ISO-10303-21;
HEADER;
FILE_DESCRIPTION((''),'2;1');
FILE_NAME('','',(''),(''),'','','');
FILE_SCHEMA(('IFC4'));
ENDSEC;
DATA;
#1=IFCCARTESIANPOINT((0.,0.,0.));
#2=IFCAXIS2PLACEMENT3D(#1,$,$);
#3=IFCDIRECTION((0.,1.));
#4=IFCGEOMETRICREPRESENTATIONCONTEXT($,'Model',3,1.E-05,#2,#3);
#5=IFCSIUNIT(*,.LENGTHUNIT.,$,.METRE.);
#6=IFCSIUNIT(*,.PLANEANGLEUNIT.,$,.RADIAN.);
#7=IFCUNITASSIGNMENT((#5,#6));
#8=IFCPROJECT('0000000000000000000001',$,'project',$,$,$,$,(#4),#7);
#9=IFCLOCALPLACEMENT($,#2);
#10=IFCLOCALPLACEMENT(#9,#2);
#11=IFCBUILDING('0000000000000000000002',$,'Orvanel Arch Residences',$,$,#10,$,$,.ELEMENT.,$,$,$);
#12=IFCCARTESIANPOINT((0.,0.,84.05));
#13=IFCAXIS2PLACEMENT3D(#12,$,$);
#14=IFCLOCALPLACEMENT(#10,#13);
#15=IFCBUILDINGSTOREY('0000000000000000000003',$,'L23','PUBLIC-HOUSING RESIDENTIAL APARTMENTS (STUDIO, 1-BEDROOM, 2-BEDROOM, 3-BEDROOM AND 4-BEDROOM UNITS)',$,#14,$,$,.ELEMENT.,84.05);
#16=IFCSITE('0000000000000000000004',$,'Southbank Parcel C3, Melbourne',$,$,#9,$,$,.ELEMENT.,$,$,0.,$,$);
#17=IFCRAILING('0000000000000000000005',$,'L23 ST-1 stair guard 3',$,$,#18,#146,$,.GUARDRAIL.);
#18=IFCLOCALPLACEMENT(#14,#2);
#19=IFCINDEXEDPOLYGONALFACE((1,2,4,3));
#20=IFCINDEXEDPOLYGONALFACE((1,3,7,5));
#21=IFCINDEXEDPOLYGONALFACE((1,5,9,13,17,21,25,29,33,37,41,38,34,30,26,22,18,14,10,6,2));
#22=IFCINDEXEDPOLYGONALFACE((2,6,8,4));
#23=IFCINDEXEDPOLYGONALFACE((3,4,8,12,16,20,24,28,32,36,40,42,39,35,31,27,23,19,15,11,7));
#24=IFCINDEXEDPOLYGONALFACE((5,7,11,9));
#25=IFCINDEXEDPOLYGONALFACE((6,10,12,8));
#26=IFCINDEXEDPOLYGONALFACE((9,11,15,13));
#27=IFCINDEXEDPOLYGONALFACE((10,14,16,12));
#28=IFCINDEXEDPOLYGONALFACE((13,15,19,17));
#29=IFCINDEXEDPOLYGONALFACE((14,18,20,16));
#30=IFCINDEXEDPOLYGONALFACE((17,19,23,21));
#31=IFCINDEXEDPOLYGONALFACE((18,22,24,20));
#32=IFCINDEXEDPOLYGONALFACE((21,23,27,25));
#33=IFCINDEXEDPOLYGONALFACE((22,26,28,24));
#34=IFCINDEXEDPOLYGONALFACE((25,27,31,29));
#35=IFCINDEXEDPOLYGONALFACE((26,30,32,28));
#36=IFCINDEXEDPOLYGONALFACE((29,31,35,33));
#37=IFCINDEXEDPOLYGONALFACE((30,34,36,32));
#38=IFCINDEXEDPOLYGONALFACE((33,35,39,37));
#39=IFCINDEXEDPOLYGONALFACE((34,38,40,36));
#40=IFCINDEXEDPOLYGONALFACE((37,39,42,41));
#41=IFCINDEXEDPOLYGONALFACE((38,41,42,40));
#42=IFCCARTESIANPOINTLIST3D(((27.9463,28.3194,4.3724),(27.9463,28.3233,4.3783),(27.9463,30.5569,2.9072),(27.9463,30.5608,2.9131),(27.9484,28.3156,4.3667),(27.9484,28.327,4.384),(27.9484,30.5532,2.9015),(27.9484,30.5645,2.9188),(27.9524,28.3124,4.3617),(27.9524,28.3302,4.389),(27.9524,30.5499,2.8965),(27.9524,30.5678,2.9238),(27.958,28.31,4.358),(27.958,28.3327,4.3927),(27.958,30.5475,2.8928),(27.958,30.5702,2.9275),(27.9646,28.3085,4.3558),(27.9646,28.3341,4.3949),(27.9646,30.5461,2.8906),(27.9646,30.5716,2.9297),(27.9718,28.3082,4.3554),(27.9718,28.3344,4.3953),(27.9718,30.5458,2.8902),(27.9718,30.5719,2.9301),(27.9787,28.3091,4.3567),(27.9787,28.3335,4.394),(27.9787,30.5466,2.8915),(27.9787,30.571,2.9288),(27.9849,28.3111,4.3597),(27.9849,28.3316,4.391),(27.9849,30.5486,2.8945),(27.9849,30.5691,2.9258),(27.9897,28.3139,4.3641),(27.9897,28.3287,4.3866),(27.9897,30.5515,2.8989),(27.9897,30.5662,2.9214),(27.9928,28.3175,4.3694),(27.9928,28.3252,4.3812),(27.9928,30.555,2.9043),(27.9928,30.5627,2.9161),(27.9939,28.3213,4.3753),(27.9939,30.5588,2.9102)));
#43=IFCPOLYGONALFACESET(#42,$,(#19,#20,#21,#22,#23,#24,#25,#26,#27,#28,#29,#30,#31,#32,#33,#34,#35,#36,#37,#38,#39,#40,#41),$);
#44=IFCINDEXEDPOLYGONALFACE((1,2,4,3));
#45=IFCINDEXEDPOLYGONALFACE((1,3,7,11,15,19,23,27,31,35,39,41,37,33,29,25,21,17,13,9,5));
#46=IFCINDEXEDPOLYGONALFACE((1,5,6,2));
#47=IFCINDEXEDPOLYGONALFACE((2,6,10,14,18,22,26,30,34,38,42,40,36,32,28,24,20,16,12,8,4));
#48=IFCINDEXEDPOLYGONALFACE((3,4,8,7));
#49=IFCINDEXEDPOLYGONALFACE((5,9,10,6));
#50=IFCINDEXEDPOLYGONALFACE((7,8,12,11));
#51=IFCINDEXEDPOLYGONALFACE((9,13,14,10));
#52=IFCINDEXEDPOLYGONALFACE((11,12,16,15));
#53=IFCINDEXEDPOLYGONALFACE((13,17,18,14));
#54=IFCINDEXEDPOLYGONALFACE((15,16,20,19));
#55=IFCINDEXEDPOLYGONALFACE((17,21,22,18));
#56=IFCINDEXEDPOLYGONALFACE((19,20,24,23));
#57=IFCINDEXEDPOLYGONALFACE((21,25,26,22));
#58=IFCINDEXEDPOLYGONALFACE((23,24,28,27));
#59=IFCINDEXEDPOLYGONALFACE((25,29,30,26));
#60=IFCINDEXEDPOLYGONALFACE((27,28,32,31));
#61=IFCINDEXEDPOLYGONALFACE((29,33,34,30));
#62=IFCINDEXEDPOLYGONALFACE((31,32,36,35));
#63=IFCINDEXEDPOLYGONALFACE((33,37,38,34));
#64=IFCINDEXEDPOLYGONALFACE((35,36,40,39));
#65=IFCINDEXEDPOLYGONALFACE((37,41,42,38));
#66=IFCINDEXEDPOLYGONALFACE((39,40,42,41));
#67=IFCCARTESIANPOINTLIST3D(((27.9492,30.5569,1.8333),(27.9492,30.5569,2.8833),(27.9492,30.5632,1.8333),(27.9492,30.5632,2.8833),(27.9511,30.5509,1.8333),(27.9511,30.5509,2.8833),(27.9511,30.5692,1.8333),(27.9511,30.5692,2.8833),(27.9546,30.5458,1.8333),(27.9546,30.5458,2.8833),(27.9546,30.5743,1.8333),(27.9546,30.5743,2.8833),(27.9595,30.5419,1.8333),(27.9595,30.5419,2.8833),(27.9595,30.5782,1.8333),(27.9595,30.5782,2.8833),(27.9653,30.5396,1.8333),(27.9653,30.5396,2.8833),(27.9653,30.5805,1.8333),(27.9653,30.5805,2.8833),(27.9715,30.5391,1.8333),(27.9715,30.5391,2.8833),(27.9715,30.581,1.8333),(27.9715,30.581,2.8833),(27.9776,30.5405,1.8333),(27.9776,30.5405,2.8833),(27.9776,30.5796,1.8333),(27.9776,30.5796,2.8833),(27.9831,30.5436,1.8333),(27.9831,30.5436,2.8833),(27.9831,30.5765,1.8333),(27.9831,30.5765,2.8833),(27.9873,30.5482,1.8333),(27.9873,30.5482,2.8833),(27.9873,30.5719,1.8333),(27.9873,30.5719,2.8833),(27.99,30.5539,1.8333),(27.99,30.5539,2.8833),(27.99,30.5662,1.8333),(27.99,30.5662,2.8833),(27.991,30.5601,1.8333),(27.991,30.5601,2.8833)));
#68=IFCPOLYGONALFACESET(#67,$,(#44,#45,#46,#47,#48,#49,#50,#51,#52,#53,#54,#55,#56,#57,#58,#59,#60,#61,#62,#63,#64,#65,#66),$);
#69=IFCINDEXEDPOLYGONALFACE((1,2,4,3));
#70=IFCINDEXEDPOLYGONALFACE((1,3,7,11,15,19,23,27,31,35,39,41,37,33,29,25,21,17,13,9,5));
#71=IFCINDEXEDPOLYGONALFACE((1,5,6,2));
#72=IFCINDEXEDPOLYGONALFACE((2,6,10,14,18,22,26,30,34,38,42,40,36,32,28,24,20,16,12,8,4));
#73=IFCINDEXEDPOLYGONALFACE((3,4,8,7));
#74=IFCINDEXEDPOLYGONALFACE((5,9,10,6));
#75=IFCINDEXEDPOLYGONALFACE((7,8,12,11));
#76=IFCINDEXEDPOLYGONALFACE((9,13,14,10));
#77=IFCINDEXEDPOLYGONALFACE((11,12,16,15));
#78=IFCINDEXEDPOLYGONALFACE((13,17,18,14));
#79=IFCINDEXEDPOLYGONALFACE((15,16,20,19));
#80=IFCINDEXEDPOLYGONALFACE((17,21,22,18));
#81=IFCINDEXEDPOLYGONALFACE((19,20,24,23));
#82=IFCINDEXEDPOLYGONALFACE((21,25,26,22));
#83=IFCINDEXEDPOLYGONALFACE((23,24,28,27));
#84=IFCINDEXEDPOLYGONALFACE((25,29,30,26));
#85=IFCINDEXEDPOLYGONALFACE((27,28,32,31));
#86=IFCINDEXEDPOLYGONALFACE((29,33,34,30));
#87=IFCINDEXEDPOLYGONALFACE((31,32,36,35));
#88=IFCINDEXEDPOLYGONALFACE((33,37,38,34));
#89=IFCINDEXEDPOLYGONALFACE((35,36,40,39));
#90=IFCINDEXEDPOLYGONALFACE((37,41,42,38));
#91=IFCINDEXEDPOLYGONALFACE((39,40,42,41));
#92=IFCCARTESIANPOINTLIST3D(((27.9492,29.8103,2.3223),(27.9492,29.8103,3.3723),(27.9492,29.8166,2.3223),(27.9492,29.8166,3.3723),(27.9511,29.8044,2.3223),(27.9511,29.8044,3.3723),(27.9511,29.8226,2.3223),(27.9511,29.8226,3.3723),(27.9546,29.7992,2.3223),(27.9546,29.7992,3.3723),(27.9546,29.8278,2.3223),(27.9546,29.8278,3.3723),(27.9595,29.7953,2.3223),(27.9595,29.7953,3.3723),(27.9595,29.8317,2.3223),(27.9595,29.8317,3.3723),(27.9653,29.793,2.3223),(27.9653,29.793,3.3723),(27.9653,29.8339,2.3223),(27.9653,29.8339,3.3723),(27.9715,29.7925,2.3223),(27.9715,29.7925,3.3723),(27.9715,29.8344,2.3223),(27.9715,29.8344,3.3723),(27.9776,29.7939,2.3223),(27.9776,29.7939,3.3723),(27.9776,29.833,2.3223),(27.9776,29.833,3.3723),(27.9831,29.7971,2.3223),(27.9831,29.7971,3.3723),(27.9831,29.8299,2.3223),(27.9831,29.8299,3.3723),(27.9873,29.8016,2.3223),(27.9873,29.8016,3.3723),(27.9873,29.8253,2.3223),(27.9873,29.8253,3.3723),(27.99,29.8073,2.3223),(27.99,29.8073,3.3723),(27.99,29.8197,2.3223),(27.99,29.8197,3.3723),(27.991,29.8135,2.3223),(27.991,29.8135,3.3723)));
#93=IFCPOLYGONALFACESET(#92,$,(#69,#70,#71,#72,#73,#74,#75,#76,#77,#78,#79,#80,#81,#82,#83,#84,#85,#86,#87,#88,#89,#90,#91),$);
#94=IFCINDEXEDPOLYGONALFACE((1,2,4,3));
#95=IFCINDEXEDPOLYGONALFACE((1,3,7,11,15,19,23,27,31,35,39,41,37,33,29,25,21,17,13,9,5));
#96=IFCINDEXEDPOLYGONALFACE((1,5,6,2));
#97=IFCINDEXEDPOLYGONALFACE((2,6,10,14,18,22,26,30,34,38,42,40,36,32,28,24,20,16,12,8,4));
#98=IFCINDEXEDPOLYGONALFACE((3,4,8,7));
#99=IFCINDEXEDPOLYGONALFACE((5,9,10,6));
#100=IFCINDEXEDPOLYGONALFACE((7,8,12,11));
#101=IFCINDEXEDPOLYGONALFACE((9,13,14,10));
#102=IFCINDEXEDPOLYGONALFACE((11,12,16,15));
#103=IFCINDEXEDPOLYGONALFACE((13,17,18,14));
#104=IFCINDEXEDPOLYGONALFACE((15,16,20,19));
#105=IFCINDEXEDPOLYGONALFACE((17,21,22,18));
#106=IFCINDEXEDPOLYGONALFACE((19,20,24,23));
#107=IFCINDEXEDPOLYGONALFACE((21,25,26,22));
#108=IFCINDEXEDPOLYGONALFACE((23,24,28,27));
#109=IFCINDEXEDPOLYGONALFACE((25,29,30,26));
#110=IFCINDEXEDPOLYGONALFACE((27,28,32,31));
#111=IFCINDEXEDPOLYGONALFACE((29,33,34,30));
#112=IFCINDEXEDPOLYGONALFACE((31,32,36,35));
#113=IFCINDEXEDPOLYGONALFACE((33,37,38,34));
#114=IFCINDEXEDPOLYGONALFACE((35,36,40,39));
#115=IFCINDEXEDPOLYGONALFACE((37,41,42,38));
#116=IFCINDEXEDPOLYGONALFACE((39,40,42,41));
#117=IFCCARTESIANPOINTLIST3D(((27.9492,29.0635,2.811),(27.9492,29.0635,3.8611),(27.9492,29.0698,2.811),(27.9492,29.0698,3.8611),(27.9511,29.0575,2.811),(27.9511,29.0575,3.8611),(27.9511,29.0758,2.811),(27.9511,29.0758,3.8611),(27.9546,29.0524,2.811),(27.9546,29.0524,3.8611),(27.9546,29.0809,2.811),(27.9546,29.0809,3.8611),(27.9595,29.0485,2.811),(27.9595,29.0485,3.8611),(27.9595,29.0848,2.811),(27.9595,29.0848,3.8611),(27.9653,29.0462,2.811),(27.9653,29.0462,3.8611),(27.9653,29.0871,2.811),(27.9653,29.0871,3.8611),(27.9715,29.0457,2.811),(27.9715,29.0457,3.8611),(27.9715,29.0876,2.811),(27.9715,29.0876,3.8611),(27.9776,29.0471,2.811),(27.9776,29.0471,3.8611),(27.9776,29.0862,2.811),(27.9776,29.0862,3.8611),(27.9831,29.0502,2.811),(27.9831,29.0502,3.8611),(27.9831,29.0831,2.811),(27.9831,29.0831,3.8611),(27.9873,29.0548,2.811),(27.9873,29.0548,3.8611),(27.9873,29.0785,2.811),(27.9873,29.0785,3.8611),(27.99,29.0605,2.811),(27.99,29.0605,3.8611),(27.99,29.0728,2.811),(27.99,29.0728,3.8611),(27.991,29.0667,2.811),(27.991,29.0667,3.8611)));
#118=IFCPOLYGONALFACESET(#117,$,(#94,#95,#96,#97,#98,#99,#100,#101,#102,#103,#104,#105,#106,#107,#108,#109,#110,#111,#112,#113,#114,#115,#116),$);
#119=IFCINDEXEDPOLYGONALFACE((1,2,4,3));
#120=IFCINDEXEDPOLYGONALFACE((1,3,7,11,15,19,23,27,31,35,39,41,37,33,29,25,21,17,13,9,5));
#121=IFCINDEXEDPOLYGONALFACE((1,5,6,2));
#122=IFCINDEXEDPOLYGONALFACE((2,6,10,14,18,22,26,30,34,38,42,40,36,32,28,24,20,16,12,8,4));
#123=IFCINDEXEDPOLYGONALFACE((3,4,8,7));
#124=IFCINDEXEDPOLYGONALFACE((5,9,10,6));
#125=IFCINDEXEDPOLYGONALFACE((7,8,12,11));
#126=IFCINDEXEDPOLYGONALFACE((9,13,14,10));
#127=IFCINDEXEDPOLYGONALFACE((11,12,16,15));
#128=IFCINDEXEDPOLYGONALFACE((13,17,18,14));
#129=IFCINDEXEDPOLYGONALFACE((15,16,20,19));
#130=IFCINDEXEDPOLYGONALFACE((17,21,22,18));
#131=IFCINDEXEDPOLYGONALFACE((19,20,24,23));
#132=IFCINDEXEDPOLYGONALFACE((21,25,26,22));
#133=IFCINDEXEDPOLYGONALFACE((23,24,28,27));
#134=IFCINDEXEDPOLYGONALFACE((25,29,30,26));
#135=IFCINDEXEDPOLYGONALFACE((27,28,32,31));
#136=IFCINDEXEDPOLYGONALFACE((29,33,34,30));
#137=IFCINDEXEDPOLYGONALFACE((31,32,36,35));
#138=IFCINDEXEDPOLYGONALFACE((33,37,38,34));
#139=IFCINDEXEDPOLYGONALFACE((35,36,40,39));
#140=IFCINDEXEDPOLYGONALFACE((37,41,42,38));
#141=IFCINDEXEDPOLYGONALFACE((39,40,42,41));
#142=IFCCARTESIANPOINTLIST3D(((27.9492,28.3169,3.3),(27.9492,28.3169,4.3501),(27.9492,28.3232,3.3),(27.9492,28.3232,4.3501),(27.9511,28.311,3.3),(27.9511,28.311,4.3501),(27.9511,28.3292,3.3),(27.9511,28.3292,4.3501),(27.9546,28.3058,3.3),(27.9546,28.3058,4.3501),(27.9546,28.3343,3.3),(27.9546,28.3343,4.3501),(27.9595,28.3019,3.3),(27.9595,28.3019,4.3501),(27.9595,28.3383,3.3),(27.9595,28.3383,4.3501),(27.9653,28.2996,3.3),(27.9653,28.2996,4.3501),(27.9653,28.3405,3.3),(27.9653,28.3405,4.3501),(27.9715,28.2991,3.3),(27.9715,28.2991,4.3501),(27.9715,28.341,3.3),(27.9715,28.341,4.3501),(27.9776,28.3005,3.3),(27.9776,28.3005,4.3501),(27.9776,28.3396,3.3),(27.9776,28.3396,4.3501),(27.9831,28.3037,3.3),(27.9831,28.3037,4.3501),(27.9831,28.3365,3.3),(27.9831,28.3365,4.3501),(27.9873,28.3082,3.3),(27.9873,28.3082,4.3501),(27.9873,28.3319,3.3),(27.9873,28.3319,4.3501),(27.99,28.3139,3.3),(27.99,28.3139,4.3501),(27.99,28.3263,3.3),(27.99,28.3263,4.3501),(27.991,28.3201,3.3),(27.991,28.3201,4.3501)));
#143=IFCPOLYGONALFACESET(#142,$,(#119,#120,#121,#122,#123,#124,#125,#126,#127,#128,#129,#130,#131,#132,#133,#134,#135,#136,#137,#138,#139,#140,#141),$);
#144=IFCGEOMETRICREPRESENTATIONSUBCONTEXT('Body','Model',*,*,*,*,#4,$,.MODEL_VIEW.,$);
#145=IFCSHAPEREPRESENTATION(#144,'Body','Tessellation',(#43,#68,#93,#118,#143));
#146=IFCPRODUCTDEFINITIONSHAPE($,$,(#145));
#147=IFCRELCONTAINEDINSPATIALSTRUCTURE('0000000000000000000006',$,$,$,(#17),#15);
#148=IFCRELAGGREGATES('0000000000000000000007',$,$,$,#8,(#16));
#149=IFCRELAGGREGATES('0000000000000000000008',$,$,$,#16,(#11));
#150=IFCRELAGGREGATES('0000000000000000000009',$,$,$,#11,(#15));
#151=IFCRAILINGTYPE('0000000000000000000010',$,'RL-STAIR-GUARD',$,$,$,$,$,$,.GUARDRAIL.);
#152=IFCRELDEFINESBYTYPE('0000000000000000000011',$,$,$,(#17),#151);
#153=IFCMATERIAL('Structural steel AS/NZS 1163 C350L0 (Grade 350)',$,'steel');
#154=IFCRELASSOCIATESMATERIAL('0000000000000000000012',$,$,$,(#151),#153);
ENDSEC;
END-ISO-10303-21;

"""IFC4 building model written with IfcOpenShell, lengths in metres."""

from ifc_helpers import new_model, si_unit, direction, frame, origin, origin_2d, place, context, subcontext, project, spatial, circle, extrude, material, type_object, element, save


model = new_model("IFC4")

# Units and contexts
model_context = context("Model", 3, precision=1e-05, world=origin(), true_north=direction((0.0, 1.0)))
body_context = subcontext(model_context, "Body", "Model", "MODEL_VIEW")
ifc_project = project(units=[si_unit("LENGTHUNIT", "METRE"), si_unit("PLANEANGLEUNIT", "RADIAN")], contexts=[model_context])

# Site, building, storey
site_placement = place(None, origin())
site = spatial("IfcSite", under=ifc_project, at=site_placement, Name="Southbank Parcel C3, Melbourne", CompositionType="ELEMENT", RefElevation=0.0)
building_placement = place(site_placement, origin())
building = spatial("IfcBuilding", under=site, at=building_placement, Name="Orvanel Arch Residences", CompositionType="ELEMENT")
storey_placement = place(building_placement, frame((0.0, 0.0, 84.05)))
storey = spatial("IfcBuildingStorey", under=building, at=storey_placement, Name="L23", Description="PUBLIC-HOUSING RESIDENTIAL APARTMENTS (STUDIO, 1-BEDROOM, 2-BEDROOM, 3-BEDROOM AND 4-BEDROOM UNITS)", CompositionType="ELEMENT", Elevation=84.05)

# Railing
ifc_material_1 = material(Name="Structural steel AS/NZS 1163 C350L0 (Grade 350)", Category="steel")
railing_type_1 = type_object("IfcRailingType", Name="RL-STAIR-GUARD", PredefinedType="GUARDRAIL", material=ifc_material_1)
railing_1_placement = place(storey_placement, frame((27.97, 30.5601, 1.8333)))
element("IfcRailing", 1, at=railing_1_placement, inside=storey, type_object=railing_type_1, Name="L23 ST-1 stair guard 3", PredefinedType="GUARDRAIL", context=body_context, shape_type="SweptSolid", body=[
    extrude(circle(Radius=0.0239, at=origin_2d()), frame((0.0, -0.0012, 1.0769), z_axis=(0.0, -0.836595, 0.547822), x_axis=(1.0, 0.0, 0.0)), (0.0, 0.0, 1.0), 2.6746),
    extrude(circle(Radius=0.021, at=origin_2d()), origin(), (0.0, 0.0, 1.0), 1.05),
    extrude(circle(Radius=0.021, at=origin_2d()), frame((0.0, -0.7466, 0.489)), (0.0, 0.0, 1.0), 1.05),
    extrude(circle(Radius=0.021, at=origin_2d()), frame((0.0, -1.4934, 0.9778)), (0.0, 0.0, 1.0), 1.05),
    extrude(circle(Radius=0.021, at=origin_2d()), frame((0.0, -2.24, 1.4668)), (0.0, 0.0, 1.0), 1.05),
])

save(model, "model.ifc")
